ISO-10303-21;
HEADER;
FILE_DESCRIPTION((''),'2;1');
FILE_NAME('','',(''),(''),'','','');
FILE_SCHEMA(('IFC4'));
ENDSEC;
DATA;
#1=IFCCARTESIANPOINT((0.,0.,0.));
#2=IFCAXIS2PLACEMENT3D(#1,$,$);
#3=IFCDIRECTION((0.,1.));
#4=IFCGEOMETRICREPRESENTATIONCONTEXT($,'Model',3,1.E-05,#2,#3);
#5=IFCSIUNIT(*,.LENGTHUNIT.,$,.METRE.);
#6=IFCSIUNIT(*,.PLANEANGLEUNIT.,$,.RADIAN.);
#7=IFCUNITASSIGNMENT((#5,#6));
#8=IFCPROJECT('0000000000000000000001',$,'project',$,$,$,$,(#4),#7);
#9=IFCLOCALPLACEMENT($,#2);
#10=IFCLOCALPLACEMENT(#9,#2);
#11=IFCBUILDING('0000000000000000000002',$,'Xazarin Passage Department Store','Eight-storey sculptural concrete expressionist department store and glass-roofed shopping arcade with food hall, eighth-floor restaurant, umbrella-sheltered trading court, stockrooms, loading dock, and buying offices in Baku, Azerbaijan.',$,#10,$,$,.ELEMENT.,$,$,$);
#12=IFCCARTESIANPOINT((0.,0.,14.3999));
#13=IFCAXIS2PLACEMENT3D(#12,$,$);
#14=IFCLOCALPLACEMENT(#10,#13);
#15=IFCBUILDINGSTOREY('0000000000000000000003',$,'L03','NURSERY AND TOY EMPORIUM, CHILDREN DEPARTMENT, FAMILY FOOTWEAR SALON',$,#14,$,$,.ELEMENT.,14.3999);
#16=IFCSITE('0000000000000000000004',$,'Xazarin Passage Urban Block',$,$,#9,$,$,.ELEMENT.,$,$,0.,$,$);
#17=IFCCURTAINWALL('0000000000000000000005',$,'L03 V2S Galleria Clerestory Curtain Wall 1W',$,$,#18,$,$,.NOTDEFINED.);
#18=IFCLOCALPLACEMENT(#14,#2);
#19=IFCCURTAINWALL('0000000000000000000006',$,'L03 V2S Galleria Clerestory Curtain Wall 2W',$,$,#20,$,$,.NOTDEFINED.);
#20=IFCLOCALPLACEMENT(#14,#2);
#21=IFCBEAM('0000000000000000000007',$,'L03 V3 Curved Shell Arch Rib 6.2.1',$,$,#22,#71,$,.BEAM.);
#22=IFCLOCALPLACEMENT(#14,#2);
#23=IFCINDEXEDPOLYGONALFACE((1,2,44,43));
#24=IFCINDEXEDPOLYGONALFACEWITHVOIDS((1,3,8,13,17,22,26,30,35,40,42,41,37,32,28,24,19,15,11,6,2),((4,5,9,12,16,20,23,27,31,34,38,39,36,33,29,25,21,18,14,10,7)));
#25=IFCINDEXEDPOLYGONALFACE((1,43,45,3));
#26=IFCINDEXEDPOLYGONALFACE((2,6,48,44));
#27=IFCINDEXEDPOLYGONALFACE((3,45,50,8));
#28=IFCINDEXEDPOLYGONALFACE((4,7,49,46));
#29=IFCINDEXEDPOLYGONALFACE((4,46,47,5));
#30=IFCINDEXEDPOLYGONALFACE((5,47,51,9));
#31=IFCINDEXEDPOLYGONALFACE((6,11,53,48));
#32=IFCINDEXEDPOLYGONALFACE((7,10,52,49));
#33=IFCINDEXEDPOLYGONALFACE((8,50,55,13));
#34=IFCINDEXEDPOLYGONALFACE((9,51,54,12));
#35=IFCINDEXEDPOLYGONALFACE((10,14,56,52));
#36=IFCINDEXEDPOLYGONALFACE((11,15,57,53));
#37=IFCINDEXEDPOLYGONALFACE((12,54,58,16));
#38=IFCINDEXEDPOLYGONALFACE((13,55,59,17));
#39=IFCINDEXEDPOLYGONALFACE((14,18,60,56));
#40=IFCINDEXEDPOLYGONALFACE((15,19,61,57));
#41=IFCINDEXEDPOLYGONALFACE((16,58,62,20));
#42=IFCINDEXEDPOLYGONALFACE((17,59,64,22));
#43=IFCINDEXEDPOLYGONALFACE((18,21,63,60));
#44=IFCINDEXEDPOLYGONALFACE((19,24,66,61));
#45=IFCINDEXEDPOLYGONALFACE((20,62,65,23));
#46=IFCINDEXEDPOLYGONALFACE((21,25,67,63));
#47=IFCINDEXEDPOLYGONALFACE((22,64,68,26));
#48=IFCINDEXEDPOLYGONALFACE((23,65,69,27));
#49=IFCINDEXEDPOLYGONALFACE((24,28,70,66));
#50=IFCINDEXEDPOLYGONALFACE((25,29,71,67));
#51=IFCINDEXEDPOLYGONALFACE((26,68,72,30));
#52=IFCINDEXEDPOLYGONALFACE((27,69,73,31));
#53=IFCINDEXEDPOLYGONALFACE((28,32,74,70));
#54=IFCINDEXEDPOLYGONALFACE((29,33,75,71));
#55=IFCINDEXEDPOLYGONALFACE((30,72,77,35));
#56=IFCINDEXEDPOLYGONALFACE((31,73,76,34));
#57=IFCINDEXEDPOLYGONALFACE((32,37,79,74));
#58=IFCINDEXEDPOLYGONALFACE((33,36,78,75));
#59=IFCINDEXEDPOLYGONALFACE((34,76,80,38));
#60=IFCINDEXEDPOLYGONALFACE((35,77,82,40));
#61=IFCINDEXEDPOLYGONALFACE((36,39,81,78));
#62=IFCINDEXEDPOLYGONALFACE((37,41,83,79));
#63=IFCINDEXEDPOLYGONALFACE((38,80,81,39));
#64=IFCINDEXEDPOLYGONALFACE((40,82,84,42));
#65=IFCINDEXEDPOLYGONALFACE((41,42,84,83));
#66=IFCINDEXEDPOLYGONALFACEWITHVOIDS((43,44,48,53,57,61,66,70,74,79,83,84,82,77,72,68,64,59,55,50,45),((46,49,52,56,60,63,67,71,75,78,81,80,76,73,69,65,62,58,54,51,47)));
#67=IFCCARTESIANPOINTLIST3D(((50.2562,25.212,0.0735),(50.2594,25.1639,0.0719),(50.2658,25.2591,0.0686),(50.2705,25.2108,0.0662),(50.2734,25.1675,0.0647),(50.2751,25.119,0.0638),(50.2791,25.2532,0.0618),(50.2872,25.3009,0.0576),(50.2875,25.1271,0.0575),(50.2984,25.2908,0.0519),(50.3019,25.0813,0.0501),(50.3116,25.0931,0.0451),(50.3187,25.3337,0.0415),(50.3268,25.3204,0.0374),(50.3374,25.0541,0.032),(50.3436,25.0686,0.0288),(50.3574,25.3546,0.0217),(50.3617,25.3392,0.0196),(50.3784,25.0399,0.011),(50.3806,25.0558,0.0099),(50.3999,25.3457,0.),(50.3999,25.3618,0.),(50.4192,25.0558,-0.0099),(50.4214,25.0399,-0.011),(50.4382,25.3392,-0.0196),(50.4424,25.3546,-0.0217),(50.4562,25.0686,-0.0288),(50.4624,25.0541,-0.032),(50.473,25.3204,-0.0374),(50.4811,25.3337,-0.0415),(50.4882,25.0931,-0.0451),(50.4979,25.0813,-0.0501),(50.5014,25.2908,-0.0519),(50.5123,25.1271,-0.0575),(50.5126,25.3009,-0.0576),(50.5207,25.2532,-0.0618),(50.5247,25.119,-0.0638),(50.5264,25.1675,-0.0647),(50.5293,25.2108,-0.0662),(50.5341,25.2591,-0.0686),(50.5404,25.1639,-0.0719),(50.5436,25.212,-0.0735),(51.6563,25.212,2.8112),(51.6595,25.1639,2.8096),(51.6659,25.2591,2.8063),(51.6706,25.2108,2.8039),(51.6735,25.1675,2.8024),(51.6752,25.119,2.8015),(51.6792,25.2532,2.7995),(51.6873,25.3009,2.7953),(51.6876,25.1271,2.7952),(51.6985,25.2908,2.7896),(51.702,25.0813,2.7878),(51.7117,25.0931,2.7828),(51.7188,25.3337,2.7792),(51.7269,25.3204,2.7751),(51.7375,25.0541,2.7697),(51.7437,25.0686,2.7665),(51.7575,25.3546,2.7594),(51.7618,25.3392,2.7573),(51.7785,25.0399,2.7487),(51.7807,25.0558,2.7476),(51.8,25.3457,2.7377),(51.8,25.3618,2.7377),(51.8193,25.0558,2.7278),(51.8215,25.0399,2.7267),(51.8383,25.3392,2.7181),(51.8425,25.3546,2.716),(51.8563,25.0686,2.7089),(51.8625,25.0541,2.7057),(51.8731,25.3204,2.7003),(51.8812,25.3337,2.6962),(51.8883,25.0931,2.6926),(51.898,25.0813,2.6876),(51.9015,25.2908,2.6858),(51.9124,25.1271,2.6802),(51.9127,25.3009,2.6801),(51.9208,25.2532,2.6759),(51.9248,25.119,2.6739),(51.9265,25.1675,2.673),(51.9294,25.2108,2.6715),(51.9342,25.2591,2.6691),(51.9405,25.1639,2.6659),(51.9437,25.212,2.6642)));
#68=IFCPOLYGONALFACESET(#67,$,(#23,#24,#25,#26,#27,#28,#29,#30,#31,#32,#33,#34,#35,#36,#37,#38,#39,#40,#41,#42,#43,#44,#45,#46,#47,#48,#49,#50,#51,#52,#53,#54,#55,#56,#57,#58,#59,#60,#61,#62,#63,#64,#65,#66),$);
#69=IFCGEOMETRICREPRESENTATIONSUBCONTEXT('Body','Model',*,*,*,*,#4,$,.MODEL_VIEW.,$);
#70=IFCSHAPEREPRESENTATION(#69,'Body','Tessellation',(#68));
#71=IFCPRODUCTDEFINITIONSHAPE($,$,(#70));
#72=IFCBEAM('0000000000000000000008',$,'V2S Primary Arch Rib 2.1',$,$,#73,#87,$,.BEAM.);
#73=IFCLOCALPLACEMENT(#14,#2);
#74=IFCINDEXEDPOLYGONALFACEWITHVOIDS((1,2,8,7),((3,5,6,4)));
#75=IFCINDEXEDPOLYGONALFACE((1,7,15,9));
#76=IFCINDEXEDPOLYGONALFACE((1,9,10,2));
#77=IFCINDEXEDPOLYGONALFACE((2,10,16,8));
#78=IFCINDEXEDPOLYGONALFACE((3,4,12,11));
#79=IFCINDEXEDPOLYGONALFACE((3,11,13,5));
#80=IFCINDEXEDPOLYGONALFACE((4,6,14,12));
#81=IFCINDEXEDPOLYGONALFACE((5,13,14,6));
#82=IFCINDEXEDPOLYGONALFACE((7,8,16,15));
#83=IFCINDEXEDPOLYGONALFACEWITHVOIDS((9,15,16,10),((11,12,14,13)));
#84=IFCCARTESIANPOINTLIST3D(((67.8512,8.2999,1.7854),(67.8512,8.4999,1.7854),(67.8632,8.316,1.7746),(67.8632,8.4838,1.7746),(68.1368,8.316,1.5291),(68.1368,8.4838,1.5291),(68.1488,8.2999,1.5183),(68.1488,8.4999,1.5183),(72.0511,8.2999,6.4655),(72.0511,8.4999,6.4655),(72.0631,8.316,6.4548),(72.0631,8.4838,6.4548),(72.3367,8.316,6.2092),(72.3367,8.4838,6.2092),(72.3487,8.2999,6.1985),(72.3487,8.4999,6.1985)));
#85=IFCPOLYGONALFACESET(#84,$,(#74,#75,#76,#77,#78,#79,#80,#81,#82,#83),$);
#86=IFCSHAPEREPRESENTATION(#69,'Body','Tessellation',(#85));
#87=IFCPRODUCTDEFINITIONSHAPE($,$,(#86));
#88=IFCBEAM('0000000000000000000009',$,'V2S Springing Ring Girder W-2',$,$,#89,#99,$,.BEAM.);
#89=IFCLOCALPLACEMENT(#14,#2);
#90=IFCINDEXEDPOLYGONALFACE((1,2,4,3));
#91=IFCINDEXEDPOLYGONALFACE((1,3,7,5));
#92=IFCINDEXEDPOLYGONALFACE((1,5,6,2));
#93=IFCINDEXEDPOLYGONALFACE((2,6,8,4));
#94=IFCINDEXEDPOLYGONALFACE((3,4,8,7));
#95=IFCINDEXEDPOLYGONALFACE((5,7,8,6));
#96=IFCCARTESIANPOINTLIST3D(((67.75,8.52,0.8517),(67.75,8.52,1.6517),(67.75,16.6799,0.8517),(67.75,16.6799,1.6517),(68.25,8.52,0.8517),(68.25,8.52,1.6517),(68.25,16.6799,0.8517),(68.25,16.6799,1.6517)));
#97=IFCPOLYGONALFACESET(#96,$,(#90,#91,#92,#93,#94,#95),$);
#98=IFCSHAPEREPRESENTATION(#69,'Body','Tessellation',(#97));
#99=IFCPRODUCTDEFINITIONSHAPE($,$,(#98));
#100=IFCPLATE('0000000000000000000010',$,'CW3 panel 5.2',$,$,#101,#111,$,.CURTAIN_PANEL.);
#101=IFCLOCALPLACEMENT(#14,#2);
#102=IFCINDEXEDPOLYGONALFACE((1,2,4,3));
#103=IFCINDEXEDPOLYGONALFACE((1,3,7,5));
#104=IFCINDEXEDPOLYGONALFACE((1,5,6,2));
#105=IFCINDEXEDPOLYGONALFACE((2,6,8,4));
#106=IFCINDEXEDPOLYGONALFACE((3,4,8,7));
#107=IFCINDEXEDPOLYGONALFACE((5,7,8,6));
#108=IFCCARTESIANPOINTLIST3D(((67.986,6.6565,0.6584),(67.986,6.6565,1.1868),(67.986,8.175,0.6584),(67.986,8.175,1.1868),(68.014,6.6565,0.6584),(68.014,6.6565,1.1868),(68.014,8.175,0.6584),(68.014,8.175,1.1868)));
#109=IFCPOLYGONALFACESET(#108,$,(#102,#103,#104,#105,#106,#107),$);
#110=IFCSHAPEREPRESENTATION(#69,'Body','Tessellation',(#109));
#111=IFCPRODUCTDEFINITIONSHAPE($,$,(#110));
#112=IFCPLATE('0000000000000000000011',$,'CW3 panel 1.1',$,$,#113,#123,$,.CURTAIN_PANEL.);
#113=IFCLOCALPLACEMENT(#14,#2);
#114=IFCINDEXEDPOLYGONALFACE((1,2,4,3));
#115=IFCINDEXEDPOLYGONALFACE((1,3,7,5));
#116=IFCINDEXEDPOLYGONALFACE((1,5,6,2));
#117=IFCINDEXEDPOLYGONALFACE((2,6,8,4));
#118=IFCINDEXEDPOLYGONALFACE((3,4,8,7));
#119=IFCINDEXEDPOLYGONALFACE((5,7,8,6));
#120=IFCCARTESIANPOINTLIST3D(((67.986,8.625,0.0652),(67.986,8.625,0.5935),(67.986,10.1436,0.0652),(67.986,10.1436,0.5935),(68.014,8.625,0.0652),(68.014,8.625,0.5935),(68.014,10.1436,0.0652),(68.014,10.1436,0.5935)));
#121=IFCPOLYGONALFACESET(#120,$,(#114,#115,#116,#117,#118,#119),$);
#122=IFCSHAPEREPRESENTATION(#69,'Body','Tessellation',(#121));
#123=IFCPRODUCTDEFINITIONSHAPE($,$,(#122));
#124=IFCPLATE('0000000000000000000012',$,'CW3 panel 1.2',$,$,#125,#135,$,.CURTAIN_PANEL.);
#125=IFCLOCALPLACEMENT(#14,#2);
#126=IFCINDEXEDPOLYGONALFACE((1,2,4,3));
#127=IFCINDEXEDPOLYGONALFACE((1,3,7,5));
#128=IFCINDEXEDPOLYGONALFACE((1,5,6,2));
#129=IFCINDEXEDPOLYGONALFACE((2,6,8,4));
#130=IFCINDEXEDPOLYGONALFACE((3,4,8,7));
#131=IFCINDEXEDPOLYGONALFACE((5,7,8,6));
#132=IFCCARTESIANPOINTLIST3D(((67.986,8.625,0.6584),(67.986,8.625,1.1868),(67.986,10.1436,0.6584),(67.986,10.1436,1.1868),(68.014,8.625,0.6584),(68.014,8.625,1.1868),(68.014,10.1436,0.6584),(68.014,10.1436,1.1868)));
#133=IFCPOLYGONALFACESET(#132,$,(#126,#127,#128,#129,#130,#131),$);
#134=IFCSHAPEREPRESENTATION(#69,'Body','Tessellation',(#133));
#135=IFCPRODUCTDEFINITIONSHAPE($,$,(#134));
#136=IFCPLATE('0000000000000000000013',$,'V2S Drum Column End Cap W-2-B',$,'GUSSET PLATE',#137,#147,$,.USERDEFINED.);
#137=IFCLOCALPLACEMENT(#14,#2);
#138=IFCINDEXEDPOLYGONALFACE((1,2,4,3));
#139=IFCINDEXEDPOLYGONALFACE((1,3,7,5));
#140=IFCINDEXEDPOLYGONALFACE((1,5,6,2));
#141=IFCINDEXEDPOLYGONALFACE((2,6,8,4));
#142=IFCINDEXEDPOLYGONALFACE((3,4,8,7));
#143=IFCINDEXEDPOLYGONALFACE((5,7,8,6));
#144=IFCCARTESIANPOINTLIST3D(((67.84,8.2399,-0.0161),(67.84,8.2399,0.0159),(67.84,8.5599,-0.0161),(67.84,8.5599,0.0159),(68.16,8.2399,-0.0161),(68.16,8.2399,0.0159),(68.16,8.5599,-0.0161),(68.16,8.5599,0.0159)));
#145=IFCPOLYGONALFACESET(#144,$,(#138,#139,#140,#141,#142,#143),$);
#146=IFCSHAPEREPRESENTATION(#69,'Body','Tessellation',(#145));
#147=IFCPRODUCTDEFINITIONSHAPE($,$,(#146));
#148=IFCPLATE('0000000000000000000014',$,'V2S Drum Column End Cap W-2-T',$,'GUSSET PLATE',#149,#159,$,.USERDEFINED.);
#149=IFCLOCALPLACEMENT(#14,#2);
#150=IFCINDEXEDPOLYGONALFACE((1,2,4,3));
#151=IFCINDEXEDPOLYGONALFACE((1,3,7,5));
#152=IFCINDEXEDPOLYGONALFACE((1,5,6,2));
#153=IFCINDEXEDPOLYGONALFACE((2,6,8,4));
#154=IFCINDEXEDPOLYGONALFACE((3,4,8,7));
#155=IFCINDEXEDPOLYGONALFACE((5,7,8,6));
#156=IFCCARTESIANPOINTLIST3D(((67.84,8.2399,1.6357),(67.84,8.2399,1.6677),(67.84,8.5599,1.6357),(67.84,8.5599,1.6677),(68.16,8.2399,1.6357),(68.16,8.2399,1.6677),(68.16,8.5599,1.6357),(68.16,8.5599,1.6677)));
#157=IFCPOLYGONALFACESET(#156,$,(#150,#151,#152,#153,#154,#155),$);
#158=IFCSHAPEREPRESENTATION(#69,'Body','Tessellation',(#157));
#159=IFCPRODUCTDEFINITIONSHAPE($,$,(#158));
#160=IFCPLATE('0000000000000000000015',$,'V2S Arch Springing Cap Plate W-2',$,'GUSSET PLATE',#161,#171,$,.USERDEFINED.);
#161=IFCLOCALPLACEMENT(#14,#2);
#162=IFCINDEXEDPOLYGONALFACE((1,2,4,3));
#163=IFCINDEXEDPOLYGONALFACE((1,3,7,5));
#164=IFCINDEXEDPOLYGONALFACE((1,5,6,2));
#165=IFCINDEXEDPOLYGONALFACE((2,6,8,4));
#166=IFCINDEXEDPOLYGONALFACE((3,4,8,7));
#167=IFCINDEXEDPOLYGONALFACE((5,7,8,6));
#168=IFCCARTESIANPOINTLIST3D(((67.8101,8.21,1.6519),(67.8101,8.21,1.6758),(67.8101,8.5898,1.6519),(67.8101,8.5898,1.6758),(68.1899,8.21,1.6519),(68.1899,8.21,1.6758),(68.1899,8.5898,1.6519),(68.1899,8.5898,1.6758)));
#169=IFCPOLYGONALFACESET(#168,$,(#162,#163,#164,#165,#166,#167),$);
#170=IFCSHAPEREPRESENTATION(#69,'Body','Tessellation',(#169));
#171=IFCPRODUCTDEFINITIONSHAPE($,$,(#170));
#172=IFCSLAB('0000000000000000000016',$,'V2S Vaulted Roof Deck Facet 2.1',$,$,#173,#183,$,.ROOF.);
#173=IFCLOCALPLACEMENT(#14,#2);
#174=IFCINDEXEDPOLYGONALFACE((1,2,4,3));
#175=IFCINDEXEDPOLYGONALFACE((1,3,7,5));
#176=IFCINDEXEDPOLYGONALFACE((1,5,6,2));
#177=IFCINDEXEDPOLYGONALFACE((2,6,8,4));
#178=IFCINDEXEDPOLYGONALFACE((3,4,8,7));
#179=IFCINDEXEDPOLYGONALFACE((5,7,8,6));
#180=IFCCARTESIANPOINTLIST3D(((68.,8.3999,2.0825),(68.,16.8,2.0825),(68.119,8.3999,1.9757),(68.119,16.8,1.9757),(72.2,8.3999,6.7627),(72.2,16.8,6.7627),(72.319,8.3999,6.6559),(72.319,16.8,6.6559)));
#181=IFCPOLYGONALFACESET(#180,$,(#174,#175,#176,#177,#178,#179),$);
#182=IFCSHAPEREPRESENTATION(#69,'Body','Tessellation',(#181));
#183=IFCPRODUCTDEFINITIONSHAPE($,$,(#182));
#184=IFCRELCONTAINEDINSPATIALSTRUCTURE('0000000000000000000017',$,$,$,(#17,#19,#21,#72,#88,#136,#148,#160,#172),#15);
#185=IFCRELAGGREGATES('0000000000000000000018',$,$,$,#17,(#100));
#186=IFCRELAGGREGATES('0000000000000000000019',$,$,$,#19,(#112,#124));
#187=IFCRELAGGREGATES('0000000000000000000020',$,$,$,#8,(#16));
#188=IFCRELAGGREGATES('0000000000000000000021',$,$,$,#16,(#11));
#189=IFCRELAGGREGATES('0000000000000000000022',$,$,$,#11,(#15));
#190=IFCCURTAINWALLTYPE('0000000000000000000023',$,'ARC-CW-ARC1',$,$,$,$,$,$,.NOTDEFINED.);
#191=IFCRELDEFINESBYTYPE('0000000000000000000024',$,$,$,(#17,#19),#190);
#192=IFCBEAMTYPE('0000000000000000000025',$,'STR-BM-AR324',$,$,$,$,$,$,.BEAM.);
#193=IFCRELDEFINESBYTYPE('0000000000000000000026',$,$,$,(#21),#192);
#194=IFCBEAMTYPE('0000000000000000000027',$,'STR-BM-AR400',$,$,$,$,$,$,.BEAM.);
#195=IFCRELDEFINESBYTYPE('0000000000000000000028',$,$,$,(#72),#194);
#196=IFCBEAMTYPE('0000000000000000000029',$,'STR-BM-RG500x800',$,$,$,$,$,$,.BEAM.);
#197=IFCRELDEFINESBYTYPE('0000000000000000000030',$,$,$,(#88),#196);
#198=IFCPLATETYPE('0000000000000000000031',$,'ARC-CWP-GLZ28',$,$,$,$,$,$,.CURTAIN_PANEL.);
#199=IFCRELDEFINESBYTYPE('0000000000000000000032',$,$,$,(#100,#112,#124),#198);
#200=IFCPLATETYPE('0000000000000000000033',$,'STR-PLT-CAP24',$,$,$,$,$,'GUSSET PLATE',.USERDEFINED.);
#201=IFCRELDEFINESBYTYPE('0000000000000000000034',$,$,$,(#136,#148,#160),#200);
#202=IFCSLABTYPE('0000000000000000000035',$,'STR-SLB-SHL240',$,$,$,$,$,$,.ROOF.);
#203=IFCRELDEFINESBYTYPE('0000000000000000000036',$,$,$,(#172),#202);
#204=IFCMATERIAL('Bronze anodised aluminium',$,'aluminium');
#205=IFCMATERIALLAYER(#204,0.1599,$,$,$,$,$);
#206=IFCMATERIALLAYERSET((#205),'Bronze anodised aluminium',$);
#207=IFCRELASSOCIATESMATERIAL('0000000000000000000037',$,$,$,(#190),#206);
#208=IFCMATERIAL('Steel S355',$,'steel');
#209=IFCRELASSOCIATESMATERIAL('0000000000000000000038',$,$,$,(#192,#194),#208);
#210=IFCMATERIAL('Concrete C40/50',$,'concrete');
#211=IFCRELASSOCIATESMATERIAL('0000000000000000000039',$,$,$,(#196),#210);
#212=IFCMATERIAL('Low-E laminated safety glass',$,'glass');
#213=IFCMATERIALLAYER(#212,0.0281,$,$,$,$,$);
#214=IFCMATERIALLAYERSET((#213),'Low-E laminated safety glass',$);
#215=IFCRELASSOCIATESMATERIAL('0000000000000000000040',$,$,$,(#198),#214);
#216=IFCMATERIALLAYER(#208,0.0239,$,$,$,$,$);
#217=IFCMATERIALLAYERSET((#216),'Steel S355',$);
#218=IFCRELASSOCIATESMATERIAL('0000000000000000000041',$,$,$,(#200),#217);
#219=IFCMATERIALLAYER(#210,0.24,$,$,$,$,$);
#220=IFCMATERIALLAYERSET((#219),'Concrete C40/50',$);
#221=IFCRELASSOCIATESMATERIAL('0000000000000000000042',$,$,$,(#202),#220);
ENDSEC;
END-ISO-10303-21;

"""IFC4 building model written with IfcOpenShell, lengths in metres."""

from ifc_helpers import new_model, si_unit, direction, frame, origin, origin_2d, place, context, subcontext, project, spatial, polyline, rectangle, hollow_rectangle, hollow_circle, outline, extrude, material, layer, layer_set, material_profile, profile_set, type_object, element, aggregate, save


model = new_model("IFC4")

# Units and contexts
model_context = context("Model", 3, precision=1e-05, world=origin(), true_north=direction((0.0, 1.0)))
body_context = subcontext(model_context, "Body", "Model", "MODEL_VIEW")
ifc_project = project(units=[si_unit("LENGTHUNIT", "METRE"), si_unit("PLANEANGLEUNIT", "RADIAN")], contexts=[model_context])

# Site, building, storey
site_placement = place(None, origin())
site = spatial("IfcSite", under=ifc_project, at=site_placement, Name="Xazarin Passage Urban Block", CompositionType="ELEMENT", RefElevation=0.0)
building_placement = place(site_placement, origin())
building = spatial("IfcBuilding", under=site, at=building_placement, Name="Xazarin Passage Department Store", Description="Eight-storey sculptural concrete expressionist department store and glass-roofed shopping arcade with food hall, eighth-floor restaurant, umbrella-sheltered trading court, stockrooms, loading dock, and buying offices in Baku, Azerbaijan.", CompositionType="ELEMENT")
storey_placement = place(building_placement, frame((0.0, 0.0, 14.3999)))
storey = spatial("IfcBuildingStorey", under=building, at=storey_placement, Name="L03", Description="NURSERY AND TOY EMPORIUM, CHILDREN DEPARTMENT, FAMILY FOOTWEAR SALON", CompositionType="ELEMENT", Elevation=14.3999)

# Shared definitions
ifc_material_1 = material(Name="Steel S355", Category="steel")

# Curtain wall
ifc_material_2 = material(Name="Bronze anodised aluminium", Category="aluminium")
ifc_layer_1 = layer(ifc_material_2, 0.1599)
ifc_layer_set_1 = layer_set([ifc_layer_1], Name="Bronze anodised aluminium")
curtain_wall_type = type_object("IfcCurtainWallType", Name="ARC-CW-ARC1", PredefinedType="NOTDEFINED", material=ifc_layer_set_1)
curtain_wall_1_placement = place(storey_placement, origin())
curtain_wall_1 = element("IfcCurtainWall", 1, at=curtain_wall_1_placement, inside=storey, type_object=curtain_wall_type, Name="L03 V2S Galleria Clerestory Curtain Wall 1W", PredefinedType="NOTDEFINED")

# Curtain wall
curtain_wall_2_placement = place(storey_placement, origin())
curtain_wall_2 = element("IfcCurtainWall", 2, at=curtain_wall_2_placement, inside=storey, type_object=curtain_wall_type, Name="L03 V2S Galleria Clerestory Curtain Wall 2W", PredefinedType="NOTDEFINED")

# Beams
ifc_material_profile_1 = material_profile(ifc_material_1, hollow_circle(Radius=0.1619, WallThickness=0.0161, at=origin_2d()), Name="CHS 323.9x16")
ifc_profile_set_1 = profile_set([ifc_material_profile_1], Name="Steel S355")
beam_type_1 = type_object("IfcBeamType", Name="STR-BM-AR324", PredefinedType="BEAM", material=ifc_profile_set_1)
for number, where, z_axis, x_axis, name in (
    (3, (50.3999, 25.2, 0.0), (0.455325, 0.0, 0.890325), (0.0, 1.0, 0.0), "L03 V3 Curved Shell Arch Rib 6.2.1"),
):
    element("IfcBeam", number, at=place(storey_placement, frame(where, z_axis=z_axis, x_axis=x_axis)), inside=storey, type_object=beam_type_1, Name=name, PredefinedType="BEAM", context=body_context, shape_type="SweptSolid", body=[
        extrude(hollow_circle(Radius=0.1619, WallThickness=0.0161, at=origin_2d()), origin(), (0.0, 0.0, 1.0), 3.075),
    ])
ifc_material_profile_2 = material_profile(ifc_material_1, hollow_rectangle(XDim=0.2, YDim=0.3999, WallThickness=0.0161, at=origin_2d()), Name="RHS 400x200x16")
ifc_profile_set_2 = profile_set([ifc_material_profile_2], Name="Steel S355")
beam_type_2 = type_object("IfcBeamType", Name="STR-BM-AR400", PredefinedType="BEAM", material=ifc_profile_set_2)
beam_1_placement = place(storey_placement, frame((68.0, 8.3999, 1.6519), z_axis=(0.667892, 0.0, 0.744259), x_axis=(0.0, 1.0, 0.0)))
element("IfcBeam", 4, at=beam_1_placement, inside=storey, type_object=beam_type_2, Name="V2S Primary Arch Rib 2.1", PredefinedType="BEAM", context=body_context, shape_type="SweptSolid", body=[
    extrude(hollow_rectangle(XDim=0.2, YDim=0.3999, WallThickness=0.0161, at=origin_2d()), origin(), (0.0, 0.0, 1.0), 6.2883),
])
ifc_material_3 = material(Name="Concrete C40/50", Category="concrete")
ifc_material_profile_3 = material_profile(ifc_material_3, rectangle(XDim=0.5, YDim=0.8, at=origin_2d()), Name="RC 500x800")
ifc_profile_set_3 = profile_set([ifc_material_profile_3], Name="Concrete C40/50")
beam_type_3 = type_object("IfcBeamType", Name="STR-BM-RG500x800", PredefinedType="BEAM", material=ifc_profile_set_3)
beam_2_placement = place(storey_placement, frame((68.0, 8.52, 1.2517), z_axis=(0.0, 1.0, 0.0), x_axis=(-1.0, 0.0, 0.0)))
element("IfcBeam", 5, at=beam_2_placement, inside=storey, type_object=beam_type_3, Name="V2S Springing Ring Girder W-2", PredefinedType="BEAM", context=body_context, shape_type="SweptSolid", body=[
    extrude(rectangle(XDim=0.5, YDim=0.8, at=origin_2d()), origin(), (0.0, 0.0, 1.0), 8.1599),
])

# Plates
ifc_material_4 = material(Name="Low-E laminated safety glass", Category="glass")
ifc_layer_2 = layer(ifc_material_4, 0.0281)
ifc_layer_set_2 = layer_set([ifc_layer_2], Name="Low-E laminated safety glass")
plate_type_1 = type_object("IfcPlateType", Name="ARC-CWP-GLZ28", PredefinedType="CURTAIN_PANEL", material=ifc_layer_set_2)
plate_1_placement = place(storey_placement, frame((68.0, 7.4158, 0.6584), z_axis=(0.0, 0.0, 1.0), x_axis=(0.0, 1.0, 0.0)))
plate_1 = element("IfcPlate", 6, at=plate_1_placement, type_object=plate_type_1, Name="CW3 panel 5.2", PredefinedType="CURTAIN_PANEL", context=body_context, shape_type="SweptSolid", body=[
    extrude(rectangle(XDim=1.5186, YDim=0.0281, at=origin_2d()), origin(), (0.0, 0.0, 1.0), 0.5283),
])
aggregate(curtain_wall_1, [plate_1])
plate_2_placement = place(storey_placement, frame((68.0, 9.3843, 0.0652), z_axis=(0.0, 0.0, 1.0), x_axis=(0.0, 1.0, 0.0)))
plate_2 = element("IfcPlate", 7, at=plate_2_placement, type_object=plate_type_1, Name="CW3 panel 1.1", PredefinedType="CURTAIN_PANEL", context=body_context, shape_type="SweptSolid", body=[
    extrude(rectangle(XDim=1.5186, YDim=0.0281, at=origin_2d()), origin(), (0.0, 0.0, 1.0), 0.5283),
])
plate_3_placement = place(storey_placement, frame((68.0, 9.3843, 0.6584), z_axis=(0.0, 0.0, 1.0), x_axis=(0.0, 1.0, 0.0)))
plate_3 = element("IfcPlate", 8, at=plate_3_placement, type_object=plate_type_1, Name="CW3 panel 1.2", PredefinedType="CURTAIN_PANEL", context=body_context, shape_type="SweptSolid", body=[
    extrude(rectangle(XDim=1.5186, YDim=0.0281, at=origin_2d()), origin(), (0.0, 0.0, 1.0), 0.5283),
])
aggregate(curtain_wall_2, [plate_2, plate_3])

# Plates
ifc_layer_3 = layer(ifc_material_1, 0.0239)
ifc_layer_set_3 = layer_set([ifc_layer_3], Name="Steel S355")
plate_type_2 = type_object("IfcPlateType", Name="STR-PLT-CAP24", ElementType="GUSSET PLATE", PredefinedType="USERDEFINED", material=ifc_layer_set_3)
for number, where, z_axis, x_axis, name in (
    (9, (68.0, 8.3999, -0.0161), (0.0, 0.0, 1.0), (1.0, 0.0, 0.0), "V2S Drum Column End Cap W-2-B"),
    (10, (68.0, 8.3999, 1.6357), (0.0, 0.0, 1.0), (1.0, 0.0, 0.0), "V2S Drum Column End Cap W-2-T"),
):
    element("IfcPlate", number, at=place(storey_placement, frame(where, z_axis=z_axis, x_axis=x_axis)), inside=storey, type_object=plate_type_2, Name=name, ObjectType="GUSSET PLATE", PredefinedType="USERDEFINED", context=body_context, shape_type="SweptSolid", body=[
        extrude(rectangle(XDim=0.3201, YDim=0.3201, at=origin_2d()), origin(), (0.0, 0.0, 1.0), 0.032),
    ])
plate_4_placement = place(storey_placement, frame((68.0, 8.3999, 1.6519), z_axis=(0.0, 0.0, 1.0), x_axis=(1.0, 0.0, 0.0)))
element("IfcPlate", 11, at=plate_4_placement, inside=storey, type_object=plate_type_2, Name="V2S Arch Springing Cap Plate W-2", ObjectType="GUSSET PLATE", PredefinedType="USERDEFINED", context=body_context, shape_type="SweptSolid", body=[
    extrude(rectangle(XDim=0.3799, YDim=0.3799, at=origin_2d()), origin(), (0.0, 0.0, 1.0), 0.0239),
])

# Slab
ifc_layer_4 = layer(ifc_material_3, 0.24)
ifc_layer_set_4 = layer_set([ifc_layer_4], Name="Concrete C40/50")
slab_type = type_object("IfcSlabType", Name="STR-SLB-SHL240", PredefinedType="ROOF", material=ifc_layer_set_4)
slab_placement = place(storey_placement, frame((68.0, 8.3999, 2.0825), z_axis=(-0.744259, 0.0, 0.667892), x_axis=(0.667892, 0.0, 0.744259)))
element("IfcSlab", 12, at=slab_placement, inside=storey, type_object=slab_type, Name="V2S Vaulted Roof Deck Facet 2.1", PredefinedType="ROOF", context=body_context, shape_type="SweptSolid", body=[
    extrude(outline(polyline([(0.0, 0.0), (6.2884, 0.0), (6.2884, 8.4001), (0.0, 8.4001), (0.0, 0.0)])), origin(), (0.0, 0.0, -1.0), 0.1599),
])

save(model, "model.ifc")
